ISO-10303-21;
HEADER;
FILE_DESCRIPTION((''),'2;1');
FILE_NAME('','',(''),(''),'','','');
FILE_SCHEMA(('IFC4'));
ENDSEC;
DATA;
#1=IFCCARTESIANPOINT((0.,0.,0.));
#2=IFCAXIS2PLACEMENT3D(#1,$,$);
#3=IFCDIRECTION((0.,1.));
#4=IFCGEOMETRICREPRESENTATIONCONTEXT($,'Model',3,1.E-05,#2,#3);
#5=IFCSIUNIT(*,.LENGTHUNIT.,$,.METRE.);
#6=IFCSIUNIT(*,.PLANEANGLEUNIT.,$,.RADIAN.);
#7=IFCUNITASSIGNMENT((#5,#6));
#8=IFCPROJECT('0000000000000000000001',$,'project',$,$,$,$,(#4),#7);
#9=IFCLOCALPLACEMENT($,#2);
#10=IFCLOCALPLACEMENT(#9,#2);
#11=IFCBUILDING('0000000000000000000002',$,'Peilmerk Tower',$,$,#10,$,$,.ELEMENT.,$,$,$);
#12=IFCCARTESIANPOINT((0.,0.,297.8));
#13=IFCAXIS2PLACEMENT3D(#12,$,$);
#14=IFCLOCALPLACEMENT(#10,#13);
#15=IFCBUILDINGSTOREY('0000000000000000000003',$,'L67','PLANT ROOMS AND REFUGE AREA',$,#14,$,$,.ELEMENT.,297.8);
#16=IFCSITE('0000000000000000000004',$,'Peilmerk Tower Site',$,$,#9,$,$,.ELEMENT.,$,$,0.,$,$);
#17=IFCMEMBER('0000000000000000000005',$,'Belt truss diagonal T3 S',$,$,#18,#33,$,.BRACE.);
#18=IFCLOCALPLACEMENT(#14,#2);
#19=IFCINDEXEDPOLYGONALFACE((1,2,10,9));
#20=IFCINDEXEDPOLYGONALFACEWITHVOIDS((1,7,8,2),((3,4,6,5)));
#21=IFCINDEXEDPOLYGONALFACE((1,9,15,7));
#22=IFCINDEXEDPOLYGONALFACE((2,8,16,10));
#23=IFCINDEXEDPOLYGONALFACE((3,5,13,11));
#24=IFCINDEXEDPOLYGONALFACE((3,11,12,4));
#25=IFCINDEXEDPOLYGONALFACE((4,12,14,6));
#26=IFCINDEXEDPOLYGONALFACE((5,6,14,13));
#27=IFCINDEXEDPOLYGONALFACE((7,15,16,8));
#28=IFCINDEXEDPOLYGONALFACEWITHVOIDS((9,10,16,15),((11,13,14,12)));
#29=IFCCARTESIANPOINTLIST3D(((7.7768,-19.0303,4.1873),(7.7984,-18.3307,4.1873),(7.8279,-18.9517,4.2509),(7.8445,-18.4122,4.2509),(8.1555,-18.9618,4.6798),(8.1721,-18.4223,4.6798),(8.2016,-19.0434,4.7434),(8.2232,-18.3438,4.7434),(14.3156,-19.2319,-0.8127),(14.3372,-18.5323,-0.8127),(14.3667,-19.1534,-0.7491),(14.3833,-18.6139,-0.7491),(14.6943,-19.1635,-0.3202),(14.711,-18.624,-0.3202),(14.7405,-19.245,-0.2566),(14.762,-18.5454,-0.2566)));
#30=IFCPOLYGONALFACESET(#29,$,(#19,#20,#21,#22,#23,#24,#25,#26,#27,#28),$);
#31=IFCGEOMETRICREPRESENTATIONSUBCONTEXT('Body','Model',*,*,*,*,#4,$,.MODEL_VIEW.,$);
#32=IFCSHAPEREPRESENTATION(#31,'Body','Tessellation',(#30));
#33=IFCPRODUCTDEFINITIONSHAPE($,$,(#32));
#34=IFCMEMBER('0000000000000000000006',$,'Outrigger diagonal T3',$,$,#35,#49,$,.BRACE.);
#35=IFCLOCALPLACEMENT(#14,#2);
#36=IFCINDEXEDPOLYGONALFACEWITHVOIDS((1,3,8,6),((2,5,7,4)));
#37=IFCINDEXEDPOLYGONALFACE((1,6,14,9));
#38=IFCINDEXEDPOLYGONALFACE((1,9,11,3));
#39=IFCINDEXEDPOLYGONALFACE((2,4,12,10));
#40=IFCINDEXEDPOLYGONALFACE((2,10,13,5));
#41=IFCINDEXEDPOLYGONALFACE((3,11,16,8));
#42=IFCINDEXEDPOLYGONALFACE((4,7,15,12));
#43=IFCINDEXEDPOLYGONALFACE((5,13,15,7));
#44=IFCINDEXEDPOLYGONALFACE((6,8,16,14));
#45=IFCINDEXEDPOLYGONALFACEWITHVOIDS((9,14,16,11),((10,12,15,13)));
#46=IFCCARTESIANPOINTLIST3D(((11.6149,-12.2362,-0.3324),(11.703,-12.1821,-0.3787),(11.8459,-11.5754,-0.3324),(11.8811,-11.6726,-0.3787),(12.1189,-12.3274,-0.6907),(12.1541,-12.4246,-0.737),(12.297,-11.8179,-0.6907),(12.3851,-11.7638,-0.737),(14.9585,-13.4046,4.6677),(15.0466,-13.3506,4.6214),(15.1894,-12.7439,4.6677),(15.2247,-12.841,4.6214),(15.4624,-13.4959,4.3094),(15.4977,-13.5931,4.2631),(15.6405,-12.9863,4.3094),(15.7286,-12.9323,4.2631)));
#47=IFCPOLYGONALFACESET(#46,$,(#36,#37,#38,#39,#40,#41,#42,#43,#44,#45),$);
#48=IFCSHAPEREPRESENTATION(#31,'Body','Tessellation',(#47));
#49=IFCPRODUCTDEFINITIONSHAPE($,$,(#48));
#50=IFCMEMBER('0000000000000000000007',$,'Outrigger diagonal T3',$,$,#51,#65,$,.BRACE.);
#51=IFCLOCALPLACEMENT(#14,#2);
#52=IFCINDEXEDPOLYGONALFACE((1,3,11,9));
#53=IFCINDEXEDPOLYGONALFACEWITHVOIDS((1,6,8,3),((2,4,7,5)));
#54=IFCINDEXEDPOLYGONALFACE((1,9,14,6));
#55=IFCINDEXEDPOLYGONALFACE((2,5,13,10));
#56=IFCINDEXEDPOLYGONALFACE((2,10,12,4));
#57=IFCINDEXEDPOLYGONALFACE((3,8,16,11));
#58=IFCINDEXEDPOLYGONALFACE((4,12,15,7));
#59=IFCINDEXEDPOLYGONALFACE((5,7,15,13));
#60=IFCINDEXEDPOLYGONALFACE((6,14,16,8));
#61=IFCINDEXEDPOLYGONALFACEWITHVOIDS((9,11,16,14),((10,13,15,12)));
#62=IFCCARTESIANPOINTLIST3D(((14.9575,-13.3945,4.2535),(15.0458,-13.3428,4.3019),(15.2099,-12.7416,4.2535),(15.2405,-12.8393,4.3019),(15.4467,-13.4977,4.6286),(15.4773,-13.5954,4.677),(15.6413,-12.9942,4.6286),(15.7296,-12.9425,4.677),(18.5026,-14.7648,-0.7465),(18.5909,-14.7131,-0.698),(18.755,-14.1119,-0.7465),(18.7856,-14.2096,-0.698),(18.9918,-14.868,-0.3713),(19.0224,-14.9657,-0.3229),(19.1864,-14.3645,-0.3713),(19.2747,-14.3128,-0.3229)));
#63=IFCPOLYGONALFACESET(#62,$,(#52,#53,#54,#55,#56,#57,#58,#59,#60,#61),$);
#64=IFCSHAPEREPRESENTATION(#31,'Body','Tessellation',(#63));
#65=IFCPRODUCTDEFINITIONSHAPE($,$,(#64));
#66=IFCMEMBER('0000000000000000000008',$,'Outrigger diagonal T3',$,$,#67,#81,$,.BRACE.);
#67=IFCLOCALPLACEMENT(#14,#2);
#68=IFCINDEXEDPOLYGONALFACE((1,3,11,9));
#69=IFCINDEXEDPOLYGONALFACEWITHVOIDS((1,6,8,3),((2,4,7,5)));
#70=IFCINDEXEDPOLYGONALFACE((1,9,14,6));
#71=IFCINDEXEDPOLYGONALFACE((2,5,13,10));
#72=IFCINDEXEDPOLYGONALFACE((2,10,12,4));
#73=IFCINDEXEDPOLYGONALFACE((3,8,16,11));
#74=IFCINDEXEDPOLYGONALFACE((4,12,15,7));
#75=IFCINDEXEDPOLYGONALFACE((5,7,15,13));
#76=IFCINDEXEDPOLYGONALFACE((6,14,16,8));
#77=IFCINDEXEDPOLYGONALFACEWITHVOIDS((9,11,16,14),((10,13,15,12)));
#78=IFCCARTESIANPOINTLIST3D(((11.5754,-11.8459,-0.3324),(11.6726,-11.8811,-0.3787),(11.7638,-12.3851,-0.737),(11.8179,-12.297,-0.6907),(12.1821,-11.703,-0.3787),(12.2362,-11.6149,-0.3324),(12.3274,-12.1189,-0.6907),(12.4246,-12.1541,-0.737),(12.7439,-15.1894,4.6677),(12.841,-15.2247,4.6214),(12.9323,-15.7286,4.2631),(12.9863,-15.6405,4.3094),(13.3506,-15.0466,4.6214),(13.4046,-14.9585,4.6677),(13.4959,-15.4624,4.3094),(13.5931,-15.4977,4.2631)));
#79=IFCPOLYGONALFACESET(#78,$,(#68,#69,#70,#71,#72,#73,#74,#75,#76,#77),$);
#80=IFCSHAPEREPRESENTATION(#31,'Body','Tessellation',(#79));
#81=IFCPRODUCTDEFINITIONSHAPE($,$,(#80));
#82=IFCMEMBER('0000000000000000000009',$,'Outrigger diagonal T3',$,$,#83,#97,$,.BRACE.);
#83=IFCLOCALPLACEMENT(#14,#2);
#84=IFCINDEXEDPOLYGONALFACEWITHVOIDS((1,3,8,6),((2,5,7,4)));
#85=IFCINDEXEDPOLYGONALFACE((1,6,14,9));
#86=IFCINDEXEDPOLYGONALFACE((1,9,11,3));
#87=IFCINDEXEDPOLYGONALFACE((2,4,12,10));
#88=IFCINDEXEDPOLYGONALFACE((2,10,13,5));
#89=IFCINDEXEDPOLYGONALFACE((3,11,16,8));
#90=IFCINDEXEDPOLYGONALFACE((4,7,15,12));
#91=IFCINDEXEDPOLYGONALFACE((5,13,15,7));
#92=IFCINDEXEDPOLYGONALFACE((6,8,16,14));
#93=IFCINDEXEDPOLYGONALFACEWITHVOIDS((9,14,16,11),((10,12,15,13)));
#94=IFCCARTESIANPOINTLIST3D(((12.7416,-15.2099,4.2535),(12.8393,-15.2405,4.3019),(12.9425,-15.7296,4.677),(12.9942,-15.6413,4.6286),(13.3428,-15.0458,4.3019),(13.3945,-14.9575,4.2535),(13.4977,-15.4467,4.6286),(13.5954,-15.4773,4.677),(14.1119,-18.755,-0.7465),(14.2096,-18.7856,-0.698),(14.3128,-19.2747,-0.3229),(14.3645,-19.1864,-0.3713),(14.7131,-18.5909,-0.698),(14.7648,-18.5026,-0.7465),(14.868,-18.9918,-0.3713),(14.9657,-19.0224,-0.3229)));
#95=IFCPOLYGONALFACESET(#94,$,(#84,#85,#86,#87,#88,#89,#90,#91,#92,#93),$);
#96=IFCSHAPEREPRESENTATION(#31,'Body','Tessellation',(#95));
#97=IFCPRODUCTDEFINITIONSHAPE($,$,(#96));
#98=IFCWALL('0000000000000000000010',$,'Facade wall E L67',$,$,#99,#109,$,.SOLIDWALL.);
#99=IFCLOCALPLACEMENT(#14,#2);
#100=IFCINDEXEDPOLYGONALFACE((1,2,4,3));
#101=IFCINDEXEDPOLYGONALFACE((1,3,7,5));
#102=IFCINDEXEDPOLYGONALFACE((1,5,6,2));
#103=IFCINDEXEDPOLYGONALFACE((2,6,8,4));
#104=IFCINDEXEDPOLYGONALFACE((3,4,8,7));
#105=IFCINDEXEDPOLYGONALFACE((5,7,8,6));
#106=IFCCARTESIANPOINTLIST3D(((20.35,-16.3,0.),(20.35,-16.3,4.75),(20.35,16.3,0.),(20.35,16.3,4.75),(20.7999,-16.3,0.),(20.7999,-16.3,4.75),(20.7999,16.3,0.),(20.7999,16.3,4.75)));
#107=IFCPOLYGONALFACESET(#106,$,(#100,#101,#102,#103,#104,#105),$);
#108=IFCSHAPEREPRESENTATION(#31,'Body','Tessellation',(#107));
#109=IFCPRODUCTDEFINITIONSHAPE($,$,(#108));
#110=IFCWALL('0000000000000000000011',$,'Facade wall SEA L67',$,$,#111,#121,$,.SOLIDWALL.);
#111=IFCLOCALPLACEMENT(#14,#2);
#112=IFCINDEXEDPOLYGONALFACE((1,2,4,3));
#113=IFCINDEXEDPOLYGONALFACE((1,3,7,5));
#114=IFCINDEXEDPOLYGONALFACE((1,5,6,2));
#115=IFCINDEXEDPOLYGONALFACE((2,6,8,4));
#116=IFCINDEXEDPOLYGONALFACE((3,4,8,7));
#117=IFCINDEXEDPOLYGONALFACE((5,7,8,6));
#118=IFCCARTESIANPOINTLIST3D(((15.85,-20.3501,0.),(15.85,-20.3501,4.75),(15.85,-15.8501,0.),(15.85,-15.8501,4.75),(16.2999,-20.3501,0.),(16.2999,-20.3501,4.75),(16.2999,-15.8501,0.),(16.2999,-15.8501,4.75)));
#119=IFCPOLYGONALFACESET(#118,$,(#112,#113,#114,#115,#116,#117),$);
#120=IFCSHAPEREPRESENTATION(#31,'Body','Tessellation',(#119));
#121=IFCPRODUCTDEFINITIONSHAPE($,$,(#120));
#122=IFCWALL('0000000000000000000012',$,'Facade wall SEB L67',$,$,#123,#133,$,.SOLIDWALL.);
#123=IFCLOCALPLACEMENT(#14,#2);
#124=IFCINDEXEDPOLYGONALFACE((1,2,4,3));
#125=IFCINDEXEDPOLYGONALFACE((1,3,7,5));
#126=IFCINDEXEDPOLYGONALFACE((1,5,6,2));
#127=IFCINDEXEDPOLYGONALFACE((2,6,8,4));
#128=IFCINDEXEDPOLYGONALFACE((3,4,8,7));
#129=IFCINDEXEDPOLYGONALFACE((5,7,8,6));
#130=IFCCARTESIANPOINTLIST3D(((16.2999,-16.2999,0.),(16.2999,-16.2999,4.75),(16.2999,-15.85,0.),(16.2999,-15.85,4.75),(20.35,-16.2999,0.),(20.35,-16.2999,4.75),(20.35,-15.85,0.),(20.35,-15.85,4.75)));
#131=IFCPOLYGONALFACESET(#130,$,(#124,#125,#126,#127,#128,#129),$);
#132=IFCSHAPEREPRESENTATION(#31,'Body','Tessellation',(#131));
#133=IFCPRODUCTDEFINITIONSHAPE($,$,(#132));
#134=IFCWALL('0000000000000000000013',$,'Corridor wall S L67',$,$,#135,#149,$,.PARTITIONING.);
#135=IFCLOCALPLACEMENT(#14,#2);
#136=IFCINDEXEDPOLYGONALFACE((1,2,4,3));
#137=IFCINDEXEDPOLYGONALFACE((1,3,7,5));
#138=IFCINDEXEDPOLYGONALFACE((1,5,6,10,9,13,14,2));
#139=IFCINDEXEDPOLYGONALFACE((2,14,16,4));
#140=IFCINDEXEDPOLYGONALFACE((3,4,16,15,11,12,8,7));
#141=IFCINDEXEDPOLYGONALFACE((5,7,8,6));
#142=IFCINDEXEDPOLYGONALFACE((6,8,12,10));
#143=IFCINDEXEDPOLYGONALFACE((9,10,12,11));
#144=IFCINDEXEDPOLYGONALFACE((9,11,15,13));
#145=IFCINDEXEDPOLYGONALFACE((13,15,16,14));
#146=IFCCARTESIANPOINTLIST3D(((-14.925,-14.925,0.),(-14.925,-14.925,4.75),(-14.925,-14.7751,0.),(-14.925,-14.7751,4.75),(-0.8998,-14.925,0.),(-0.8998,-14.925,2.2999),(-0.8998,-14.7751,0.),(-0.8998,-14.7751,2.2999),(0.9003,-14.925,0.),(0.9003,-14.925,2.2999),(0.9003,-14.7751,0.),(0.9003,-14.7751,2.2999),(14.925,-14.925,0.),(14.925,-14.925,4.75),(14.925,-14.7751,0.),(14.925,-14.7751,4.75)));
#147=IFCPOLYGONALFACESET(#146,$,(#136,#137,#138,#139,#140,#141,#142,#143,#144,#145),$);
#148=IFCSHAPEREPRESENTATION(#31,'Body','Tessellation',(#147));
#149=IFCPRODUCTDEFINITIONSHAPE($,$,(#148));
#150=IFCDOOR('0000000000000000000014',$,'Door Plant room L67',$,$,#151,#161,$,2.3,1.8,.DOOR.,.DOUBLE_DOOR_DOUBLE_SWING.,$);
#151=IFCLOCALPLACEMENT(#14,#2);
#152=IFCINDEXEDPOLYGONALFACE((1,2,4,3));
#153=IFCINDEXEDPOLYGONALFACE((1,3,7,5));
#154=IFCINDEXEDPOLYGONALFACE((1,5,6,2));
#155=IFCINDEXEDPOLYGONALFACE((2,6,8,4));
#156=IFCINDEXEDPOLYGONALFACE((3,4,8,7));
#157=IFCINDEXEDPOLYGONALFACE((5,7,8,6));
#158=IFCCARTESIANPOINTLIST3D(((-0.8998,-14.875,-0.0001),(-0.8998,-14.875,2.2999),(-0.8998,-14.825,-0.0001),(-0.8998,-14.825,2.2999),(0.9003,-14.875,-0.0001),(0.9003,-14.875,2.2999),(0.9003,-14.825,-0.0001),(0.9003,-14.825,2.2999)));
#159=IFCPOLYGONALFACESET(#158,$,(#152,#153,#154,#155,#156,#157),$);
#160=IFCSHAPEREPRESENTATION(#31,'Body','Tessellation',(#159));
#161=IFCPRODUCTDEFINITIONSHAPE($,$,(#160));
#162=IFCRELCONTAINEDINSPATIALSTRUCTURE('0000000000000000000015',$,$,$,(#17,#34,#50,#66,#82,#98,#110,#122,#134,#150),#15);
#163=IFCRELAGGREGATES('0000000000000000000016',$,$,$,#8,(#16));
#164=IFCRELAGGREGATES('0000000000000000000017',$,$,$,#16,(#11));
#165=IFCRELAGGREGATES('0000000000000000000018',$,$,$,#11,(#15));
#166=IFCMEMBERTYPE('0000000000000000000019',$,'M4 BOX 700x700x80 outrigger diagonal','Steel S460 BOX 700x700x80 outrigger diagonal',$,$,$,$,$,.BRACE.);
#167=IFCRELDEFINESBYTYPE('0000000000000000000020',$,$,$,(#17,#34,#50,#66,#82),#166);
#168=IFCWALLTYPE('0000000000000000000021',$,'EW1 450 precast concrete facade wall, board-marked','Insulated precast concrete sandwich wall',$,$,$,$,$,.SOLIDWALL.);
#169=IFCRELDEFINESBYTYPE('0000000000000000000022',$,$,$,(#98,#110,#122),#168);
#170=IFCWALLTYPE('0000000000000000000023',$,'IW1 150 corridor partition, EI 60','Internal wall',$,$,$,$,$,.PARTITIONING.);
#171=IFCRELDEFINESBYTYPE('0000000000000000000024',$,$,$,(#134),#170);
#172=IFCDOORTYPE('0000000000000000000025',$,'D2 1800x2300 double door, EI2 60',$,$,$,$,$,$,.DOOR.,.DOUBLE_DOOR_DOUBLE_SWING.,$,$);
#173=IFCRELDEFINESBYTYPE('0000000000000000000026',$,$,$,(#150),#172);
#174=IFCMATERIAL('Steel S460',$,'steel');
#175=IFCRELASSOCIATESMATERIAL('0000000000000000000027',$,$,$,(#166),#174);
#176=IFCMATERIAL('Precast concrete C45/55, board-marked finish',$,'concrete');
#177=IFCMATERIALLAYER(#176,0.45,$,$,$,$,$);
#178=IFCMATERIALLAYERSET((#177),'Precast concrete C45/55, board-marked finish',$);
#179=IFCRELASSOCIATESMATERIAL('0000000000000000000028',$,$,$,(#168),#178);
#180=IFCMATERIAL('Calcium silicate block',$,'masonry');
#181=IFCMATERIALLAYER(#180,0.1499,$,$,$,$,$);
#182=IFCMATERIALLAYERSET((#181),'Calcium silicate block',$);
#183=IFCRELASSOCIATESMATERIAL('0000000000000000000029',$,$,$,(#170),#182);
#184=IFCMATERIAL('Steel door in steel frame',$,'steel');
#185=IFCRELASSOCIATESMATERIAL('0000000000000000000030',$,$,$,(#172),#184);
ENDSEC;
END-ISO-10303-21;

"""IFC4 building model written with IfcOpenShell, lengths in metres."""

from ifc_helpers import new_model, si_unit, direction, frame, frame_2d, origin, origin_2d, place, context, subcontext, project, spatial, rectangle, hollow_rectangle, extrude, material, layer, layer_set, material_profile, profile_set, type_object, element, fill, save


model = new_model("IFC4")

# Units and contexts
model_context = context("Model", 3, precision=1e-05, world=origin(), true_north=direction((0.0, 1.0)))
body_context = subcontext(model_context, "Body", "Model", "MODEL_VIEW")
ifc_project = project(units=[si_unit("LENGTHUNIT", "METRE"), si_unit("PLANEANGLEUNIT", "RADIAN")], contexts=[model_context])

# Site, building, storey
site_placement = place(None, origin())
site = spatial("IfcSite", under=ifc_project, at=site_placement, Name="Peilmerk Tower Site", CompositionType="ELEMENT", RefElevation=0.0)
building_placement = place(site_placement, origin())
building = spatial("IfcBuilding", under=site, at=building_placement, Name="Peilmerk Tower", CompositionType="ELEMENT")
storey_placement = place(building_placement, frame((0.0, 0.0, 297.8)))
storey = spatial("IfcBuildingStorey", under=building, at=storey_placement, Name="L67", Description="PLANT ROOMS AND REFUGE AREA", CompositionType="ELEMENT", Elevation=297.8)

# Shared definitions
ifc_material_1 = material(Name="Steel S460", Category="steel")

# Members
ifc_material_profile_1 = material_profile(ifc_material_1, hollow_rectangle(XDim=0.7, YDim=0.7, WallThickness=0.0801, at=origin_2d()), Name="BOX 700x700x80")
ifc_profile_set_1 = profile_set([ifc_material_profile_1], Name="Steel S460")
member_type_1 = type_object("IfcMemberType", Name="M4 BOX 700x700x80 outrigger diagonal", Description="Steel S460 BOX 700x700x80 outrigger diagonal", PredefinedType="BRACE", material=ifc_profile_set_1)
member_1_placement = place(storey_placement, frame((14.5388, -18.8887, -0.5347), z_axis=(-0.794136, 0.024492, 0.607247), x_axis=(-0.030826, -0.999525, 0.0)))
element("IfcMember", 1, at=member_1_placement, inside=storey, type_object=member_type_1, Name="Belt truss diagonal T3 S", PredefinedType="BRACE", context=body_context, shape_type="SweptSolid", body=[
    extrude(hollow_rectangle(XDim=0.7, YDim=0.7, WallThickness=0.0801, at=origin_2d()), origin(), (0.0, 0.0, 1.0), 8.2339),
])
member_2_placement = place(storey_placement, frame((12.0, -12.0, -0.5347), z_axis=(0.54567, -0.190696, 0.816014), x_axis=(0.329905, 0.944014, 0.0)))
element("IfcMember", 2, at=member_2_placement, inside=storey, type_object=member_type_1, Name="Outrigger diagonal T3", PredefinedType="BRACE", context=body_context, shape_type="SweptSolid", body=[
    extrude(hollow_rectangle(XDim=0.7, YDim=0.7, WallThickness=0.0801, at=origin_2d()), origin(), (0.0, 0.0, 1.0), 6.1274),
])
member_3_placement = place(storey_placement, frame((18.8887, -14.5388, -0.5347), z_axis=(-0.564462, 0.218189, 0.796101), x_axis=(-0.360545, -0.932742, 0.0)))
element("IfcMember", 3, at=member_3_placement, inside=storey, type_object=member_type_1, Name="Outrigger diagonal T3", PredefinedType="BRACE", context=body_context, shape_type="SweptSolid", body=[
    extrude(hollow_rectangle(XDim=0.7, YDim=0.7, WallThickness=0.0801, at=origin_2d()), origin(), (0.0, 0.0, 1.0), 6.2805),
])
member_4_placement = place(storey_placement, frame((12.0, -12.0, -0.5347), z_axis=(0.190696, -0.54567, 0.816014), x_axis=(0.944014, 0.329905, 0.0)))
element("IfcMember", 4, at=member_4_placement, inside=storey, type_object=member_type_1, Name="Outrigger diagonal T3", PredefinedType="BRACE", context=body_context, shape_type="SweptSolid", body=[
    extrude(hollow_rectangle(XDim=0.7, YDim=0.7, WallThickness=0.0801, at=origin_2d()), origin(), (0.0, 0.0, 1.0), 6.1274),
])
member_5_placement = place(storey_placement, frame((14.5388, -18.8887, -0.5347), z_axis=(-0.218189, 0.564462, 0.796101), x_axis=(-0.932742, -0.360545, 0.0)))
element("IfcMember", 5, at=member_5_placement, inside=storey, type_object=member_type_1, Name="Outrigger diagonal T3", PredefinedType="BRACE", context=body_context, shape_type="SweptSolid", body=[
    extrude(hollow_rectangle(XDim=0.7, YDim=0.7, WallThickness=0.0801, at=origin_2d()), origin(), (0.0, 0.0, 1.0), 6.2805),
])

# Walls
ifc_material_2 = material(Name="Precast concrete C45/55, board-marked finish", Category="concrete")
ifc_layer_1 = layer(ifc_material_2, 0.45)
ifc_layer_set_1 = layer_set([ifc_layer_1], Name="Precast concrete C45/55, board-marked finish")
wall_type_1 = type_object("IfcWallType", Name="EW1 450 precast concrete facade wall, board-marked", Description="Insulated precast concrete sandwich wall", PredefinedType="SOLIDWALL", material=ifc_layer_set_1)
wall_1_placement = place(storey_placement, frame((20.575, -16.3, 0.0), z_axis=(0.0, 0.0, 1.0), x_axis=(0.0, 1.0, 0.0)))
element("IfcWall", 6, at=wall_1_placement, inside=storey, type_object=wall_type_1, Name="Facade wall E L67", PredefinedType="SOLIDWALL", context=body_context, shape_type="SweptSolid", body=[
    extrude(rectangle(XDim=32.6001, YDim=0.45, at=frame_2d((16.3, 0.0))), origin(), (0.0, 0.0, 1.0), 4.75),
])
wall_2_placement = place(storey_placement, frame((16.075, -15.8501, 0.0), z_axis=(0.0, 0.0, 1.0), x_axis=(0.0, -1.0, 0.0)))
element("IfcWall", 7, at=wall_2_placement, inside=storey, type_object=wall_type_1, Name="Facade wall SEA L67", PredefinedType="SOLIDWALL", context=body_context, shape_type="SweptSolid", body=[
    extrude(rectangle(XDim=4.5, YDim=0.45, at=frame_2d((2.25, 0.0))), origin(), (0.0, 0.0, 1.0), 4.75),
])
wall_3_placement = place(storey_placement, frame((16.3, -16.075, 0.0), z_axis=(0.0, 0.0, 1.0), x_axis=(1.0, 0.0, 0.0)))
element("IfcWall", 8, at=wall_3_placement, inside=storey, type_object=wall_type_1, Name="Facade wall SEB L67", PredefinedType="SOLIDWALL", context=body_context, shape_type="SweptSolid", body=[
    extrude(rectangle(XDim=4.05, YDim=0.45, at=frame_2d((2.0249, 0.0))), origin(), (0.0, 0.0, 1.0), 4.75),
])

# Wall, opening, door
ifc_material_3 = material(Name="Calcium silicate block", Category="masonry")
ifc_layer_2 = layer(ifc_material_3, 0.1499)
ifc_layer_set_2 = layer_set([ifc_layer_2], Name="Calcium silicate block")
wall_type_2 = type_object("IfcWallType", Name="IW1 150 corridor partition, EI 60", Description="Internal wall", PredefinedType="PARTITIONING", material=ifc_layer_set_2)
wall_4_placement = place(storey_placement, frame((14.925, -14.8501, 0.0), z_axis=(0.0, 0.0, 1.0), x_axis=(-1.0, 0.0, 0.0)))
wall_4 = element("IfcWall", 9, at=wall_4_placement, inside=storey, type_object=wall_type_2, Name="Corridor wall S L67", PredefinedType="PARTITIONING", context=body_context, shape_type="SweptSolid", body=[
    extrude(rectangle(XDim=29.8501, YDim=0.1499, at=frame_2d((14.925, 0.0))), origin(), (0.0, 0.0, 1.0), 4.75),
])
opening_1_placement = place(wall_4_placement, frame((14.0249, 0.0, 0.0)))
opening_1 = element("IfcOpeningElement", 10, at=opening_1_placement, cuts=wall_4, PredefinedType="OPENING", context=body_context, shape_type="SweptSolid", body=[
    extrude(rectangle(XDim=1.8, YDim=2.3, at=frame_2d((0.8999, 1.1499))), frame((0.0, 0.085, 0.0), z_axis=(0.0, -1.0, 0.0), x_axis=(1.0, 0.0, 0.0)), (0.0, 0.0, 1.0), 0.1699),
])
ifc_material_4 = material(Name="Steel door in steel frame", Category="steel")
door_type = type_object("IfcDoorType", Name="D2 1800x2300 double door, EI2 60", OperationType="DOUBLE_DOOR_DOUBLE_SWING", PredefinedType="DOOR", material=ifc_material_4)
door_1_placement = place(opening_1_placement, origin())
door_1 = element("IfcDoor", 11, at=door_1_placement, inside=storey, type_object=door_type, Name="Door Plant room L67", OperationType="DOUBLE_DOOR_DOUBLE_SWING", OverallHeight=2.3, OverallWidth=1.8, PredefinedType="DOOR", context=body_context, shape_type="SweptSolid", body=[
    extrude(rectangle(XDim=1.8, YDim=2.3, at=frame_2d((0.8999, 1.1499))), frame((0.0, 0.0249, 0.0), z_axis=(0.0, -1.0, 0.0), x_axis=(1.0, 0.0, 0.0)), (0.0, 0.0, 1.0), 0.05),
])
fill(opening_1, door_1)

save(model, "model.ifc")
